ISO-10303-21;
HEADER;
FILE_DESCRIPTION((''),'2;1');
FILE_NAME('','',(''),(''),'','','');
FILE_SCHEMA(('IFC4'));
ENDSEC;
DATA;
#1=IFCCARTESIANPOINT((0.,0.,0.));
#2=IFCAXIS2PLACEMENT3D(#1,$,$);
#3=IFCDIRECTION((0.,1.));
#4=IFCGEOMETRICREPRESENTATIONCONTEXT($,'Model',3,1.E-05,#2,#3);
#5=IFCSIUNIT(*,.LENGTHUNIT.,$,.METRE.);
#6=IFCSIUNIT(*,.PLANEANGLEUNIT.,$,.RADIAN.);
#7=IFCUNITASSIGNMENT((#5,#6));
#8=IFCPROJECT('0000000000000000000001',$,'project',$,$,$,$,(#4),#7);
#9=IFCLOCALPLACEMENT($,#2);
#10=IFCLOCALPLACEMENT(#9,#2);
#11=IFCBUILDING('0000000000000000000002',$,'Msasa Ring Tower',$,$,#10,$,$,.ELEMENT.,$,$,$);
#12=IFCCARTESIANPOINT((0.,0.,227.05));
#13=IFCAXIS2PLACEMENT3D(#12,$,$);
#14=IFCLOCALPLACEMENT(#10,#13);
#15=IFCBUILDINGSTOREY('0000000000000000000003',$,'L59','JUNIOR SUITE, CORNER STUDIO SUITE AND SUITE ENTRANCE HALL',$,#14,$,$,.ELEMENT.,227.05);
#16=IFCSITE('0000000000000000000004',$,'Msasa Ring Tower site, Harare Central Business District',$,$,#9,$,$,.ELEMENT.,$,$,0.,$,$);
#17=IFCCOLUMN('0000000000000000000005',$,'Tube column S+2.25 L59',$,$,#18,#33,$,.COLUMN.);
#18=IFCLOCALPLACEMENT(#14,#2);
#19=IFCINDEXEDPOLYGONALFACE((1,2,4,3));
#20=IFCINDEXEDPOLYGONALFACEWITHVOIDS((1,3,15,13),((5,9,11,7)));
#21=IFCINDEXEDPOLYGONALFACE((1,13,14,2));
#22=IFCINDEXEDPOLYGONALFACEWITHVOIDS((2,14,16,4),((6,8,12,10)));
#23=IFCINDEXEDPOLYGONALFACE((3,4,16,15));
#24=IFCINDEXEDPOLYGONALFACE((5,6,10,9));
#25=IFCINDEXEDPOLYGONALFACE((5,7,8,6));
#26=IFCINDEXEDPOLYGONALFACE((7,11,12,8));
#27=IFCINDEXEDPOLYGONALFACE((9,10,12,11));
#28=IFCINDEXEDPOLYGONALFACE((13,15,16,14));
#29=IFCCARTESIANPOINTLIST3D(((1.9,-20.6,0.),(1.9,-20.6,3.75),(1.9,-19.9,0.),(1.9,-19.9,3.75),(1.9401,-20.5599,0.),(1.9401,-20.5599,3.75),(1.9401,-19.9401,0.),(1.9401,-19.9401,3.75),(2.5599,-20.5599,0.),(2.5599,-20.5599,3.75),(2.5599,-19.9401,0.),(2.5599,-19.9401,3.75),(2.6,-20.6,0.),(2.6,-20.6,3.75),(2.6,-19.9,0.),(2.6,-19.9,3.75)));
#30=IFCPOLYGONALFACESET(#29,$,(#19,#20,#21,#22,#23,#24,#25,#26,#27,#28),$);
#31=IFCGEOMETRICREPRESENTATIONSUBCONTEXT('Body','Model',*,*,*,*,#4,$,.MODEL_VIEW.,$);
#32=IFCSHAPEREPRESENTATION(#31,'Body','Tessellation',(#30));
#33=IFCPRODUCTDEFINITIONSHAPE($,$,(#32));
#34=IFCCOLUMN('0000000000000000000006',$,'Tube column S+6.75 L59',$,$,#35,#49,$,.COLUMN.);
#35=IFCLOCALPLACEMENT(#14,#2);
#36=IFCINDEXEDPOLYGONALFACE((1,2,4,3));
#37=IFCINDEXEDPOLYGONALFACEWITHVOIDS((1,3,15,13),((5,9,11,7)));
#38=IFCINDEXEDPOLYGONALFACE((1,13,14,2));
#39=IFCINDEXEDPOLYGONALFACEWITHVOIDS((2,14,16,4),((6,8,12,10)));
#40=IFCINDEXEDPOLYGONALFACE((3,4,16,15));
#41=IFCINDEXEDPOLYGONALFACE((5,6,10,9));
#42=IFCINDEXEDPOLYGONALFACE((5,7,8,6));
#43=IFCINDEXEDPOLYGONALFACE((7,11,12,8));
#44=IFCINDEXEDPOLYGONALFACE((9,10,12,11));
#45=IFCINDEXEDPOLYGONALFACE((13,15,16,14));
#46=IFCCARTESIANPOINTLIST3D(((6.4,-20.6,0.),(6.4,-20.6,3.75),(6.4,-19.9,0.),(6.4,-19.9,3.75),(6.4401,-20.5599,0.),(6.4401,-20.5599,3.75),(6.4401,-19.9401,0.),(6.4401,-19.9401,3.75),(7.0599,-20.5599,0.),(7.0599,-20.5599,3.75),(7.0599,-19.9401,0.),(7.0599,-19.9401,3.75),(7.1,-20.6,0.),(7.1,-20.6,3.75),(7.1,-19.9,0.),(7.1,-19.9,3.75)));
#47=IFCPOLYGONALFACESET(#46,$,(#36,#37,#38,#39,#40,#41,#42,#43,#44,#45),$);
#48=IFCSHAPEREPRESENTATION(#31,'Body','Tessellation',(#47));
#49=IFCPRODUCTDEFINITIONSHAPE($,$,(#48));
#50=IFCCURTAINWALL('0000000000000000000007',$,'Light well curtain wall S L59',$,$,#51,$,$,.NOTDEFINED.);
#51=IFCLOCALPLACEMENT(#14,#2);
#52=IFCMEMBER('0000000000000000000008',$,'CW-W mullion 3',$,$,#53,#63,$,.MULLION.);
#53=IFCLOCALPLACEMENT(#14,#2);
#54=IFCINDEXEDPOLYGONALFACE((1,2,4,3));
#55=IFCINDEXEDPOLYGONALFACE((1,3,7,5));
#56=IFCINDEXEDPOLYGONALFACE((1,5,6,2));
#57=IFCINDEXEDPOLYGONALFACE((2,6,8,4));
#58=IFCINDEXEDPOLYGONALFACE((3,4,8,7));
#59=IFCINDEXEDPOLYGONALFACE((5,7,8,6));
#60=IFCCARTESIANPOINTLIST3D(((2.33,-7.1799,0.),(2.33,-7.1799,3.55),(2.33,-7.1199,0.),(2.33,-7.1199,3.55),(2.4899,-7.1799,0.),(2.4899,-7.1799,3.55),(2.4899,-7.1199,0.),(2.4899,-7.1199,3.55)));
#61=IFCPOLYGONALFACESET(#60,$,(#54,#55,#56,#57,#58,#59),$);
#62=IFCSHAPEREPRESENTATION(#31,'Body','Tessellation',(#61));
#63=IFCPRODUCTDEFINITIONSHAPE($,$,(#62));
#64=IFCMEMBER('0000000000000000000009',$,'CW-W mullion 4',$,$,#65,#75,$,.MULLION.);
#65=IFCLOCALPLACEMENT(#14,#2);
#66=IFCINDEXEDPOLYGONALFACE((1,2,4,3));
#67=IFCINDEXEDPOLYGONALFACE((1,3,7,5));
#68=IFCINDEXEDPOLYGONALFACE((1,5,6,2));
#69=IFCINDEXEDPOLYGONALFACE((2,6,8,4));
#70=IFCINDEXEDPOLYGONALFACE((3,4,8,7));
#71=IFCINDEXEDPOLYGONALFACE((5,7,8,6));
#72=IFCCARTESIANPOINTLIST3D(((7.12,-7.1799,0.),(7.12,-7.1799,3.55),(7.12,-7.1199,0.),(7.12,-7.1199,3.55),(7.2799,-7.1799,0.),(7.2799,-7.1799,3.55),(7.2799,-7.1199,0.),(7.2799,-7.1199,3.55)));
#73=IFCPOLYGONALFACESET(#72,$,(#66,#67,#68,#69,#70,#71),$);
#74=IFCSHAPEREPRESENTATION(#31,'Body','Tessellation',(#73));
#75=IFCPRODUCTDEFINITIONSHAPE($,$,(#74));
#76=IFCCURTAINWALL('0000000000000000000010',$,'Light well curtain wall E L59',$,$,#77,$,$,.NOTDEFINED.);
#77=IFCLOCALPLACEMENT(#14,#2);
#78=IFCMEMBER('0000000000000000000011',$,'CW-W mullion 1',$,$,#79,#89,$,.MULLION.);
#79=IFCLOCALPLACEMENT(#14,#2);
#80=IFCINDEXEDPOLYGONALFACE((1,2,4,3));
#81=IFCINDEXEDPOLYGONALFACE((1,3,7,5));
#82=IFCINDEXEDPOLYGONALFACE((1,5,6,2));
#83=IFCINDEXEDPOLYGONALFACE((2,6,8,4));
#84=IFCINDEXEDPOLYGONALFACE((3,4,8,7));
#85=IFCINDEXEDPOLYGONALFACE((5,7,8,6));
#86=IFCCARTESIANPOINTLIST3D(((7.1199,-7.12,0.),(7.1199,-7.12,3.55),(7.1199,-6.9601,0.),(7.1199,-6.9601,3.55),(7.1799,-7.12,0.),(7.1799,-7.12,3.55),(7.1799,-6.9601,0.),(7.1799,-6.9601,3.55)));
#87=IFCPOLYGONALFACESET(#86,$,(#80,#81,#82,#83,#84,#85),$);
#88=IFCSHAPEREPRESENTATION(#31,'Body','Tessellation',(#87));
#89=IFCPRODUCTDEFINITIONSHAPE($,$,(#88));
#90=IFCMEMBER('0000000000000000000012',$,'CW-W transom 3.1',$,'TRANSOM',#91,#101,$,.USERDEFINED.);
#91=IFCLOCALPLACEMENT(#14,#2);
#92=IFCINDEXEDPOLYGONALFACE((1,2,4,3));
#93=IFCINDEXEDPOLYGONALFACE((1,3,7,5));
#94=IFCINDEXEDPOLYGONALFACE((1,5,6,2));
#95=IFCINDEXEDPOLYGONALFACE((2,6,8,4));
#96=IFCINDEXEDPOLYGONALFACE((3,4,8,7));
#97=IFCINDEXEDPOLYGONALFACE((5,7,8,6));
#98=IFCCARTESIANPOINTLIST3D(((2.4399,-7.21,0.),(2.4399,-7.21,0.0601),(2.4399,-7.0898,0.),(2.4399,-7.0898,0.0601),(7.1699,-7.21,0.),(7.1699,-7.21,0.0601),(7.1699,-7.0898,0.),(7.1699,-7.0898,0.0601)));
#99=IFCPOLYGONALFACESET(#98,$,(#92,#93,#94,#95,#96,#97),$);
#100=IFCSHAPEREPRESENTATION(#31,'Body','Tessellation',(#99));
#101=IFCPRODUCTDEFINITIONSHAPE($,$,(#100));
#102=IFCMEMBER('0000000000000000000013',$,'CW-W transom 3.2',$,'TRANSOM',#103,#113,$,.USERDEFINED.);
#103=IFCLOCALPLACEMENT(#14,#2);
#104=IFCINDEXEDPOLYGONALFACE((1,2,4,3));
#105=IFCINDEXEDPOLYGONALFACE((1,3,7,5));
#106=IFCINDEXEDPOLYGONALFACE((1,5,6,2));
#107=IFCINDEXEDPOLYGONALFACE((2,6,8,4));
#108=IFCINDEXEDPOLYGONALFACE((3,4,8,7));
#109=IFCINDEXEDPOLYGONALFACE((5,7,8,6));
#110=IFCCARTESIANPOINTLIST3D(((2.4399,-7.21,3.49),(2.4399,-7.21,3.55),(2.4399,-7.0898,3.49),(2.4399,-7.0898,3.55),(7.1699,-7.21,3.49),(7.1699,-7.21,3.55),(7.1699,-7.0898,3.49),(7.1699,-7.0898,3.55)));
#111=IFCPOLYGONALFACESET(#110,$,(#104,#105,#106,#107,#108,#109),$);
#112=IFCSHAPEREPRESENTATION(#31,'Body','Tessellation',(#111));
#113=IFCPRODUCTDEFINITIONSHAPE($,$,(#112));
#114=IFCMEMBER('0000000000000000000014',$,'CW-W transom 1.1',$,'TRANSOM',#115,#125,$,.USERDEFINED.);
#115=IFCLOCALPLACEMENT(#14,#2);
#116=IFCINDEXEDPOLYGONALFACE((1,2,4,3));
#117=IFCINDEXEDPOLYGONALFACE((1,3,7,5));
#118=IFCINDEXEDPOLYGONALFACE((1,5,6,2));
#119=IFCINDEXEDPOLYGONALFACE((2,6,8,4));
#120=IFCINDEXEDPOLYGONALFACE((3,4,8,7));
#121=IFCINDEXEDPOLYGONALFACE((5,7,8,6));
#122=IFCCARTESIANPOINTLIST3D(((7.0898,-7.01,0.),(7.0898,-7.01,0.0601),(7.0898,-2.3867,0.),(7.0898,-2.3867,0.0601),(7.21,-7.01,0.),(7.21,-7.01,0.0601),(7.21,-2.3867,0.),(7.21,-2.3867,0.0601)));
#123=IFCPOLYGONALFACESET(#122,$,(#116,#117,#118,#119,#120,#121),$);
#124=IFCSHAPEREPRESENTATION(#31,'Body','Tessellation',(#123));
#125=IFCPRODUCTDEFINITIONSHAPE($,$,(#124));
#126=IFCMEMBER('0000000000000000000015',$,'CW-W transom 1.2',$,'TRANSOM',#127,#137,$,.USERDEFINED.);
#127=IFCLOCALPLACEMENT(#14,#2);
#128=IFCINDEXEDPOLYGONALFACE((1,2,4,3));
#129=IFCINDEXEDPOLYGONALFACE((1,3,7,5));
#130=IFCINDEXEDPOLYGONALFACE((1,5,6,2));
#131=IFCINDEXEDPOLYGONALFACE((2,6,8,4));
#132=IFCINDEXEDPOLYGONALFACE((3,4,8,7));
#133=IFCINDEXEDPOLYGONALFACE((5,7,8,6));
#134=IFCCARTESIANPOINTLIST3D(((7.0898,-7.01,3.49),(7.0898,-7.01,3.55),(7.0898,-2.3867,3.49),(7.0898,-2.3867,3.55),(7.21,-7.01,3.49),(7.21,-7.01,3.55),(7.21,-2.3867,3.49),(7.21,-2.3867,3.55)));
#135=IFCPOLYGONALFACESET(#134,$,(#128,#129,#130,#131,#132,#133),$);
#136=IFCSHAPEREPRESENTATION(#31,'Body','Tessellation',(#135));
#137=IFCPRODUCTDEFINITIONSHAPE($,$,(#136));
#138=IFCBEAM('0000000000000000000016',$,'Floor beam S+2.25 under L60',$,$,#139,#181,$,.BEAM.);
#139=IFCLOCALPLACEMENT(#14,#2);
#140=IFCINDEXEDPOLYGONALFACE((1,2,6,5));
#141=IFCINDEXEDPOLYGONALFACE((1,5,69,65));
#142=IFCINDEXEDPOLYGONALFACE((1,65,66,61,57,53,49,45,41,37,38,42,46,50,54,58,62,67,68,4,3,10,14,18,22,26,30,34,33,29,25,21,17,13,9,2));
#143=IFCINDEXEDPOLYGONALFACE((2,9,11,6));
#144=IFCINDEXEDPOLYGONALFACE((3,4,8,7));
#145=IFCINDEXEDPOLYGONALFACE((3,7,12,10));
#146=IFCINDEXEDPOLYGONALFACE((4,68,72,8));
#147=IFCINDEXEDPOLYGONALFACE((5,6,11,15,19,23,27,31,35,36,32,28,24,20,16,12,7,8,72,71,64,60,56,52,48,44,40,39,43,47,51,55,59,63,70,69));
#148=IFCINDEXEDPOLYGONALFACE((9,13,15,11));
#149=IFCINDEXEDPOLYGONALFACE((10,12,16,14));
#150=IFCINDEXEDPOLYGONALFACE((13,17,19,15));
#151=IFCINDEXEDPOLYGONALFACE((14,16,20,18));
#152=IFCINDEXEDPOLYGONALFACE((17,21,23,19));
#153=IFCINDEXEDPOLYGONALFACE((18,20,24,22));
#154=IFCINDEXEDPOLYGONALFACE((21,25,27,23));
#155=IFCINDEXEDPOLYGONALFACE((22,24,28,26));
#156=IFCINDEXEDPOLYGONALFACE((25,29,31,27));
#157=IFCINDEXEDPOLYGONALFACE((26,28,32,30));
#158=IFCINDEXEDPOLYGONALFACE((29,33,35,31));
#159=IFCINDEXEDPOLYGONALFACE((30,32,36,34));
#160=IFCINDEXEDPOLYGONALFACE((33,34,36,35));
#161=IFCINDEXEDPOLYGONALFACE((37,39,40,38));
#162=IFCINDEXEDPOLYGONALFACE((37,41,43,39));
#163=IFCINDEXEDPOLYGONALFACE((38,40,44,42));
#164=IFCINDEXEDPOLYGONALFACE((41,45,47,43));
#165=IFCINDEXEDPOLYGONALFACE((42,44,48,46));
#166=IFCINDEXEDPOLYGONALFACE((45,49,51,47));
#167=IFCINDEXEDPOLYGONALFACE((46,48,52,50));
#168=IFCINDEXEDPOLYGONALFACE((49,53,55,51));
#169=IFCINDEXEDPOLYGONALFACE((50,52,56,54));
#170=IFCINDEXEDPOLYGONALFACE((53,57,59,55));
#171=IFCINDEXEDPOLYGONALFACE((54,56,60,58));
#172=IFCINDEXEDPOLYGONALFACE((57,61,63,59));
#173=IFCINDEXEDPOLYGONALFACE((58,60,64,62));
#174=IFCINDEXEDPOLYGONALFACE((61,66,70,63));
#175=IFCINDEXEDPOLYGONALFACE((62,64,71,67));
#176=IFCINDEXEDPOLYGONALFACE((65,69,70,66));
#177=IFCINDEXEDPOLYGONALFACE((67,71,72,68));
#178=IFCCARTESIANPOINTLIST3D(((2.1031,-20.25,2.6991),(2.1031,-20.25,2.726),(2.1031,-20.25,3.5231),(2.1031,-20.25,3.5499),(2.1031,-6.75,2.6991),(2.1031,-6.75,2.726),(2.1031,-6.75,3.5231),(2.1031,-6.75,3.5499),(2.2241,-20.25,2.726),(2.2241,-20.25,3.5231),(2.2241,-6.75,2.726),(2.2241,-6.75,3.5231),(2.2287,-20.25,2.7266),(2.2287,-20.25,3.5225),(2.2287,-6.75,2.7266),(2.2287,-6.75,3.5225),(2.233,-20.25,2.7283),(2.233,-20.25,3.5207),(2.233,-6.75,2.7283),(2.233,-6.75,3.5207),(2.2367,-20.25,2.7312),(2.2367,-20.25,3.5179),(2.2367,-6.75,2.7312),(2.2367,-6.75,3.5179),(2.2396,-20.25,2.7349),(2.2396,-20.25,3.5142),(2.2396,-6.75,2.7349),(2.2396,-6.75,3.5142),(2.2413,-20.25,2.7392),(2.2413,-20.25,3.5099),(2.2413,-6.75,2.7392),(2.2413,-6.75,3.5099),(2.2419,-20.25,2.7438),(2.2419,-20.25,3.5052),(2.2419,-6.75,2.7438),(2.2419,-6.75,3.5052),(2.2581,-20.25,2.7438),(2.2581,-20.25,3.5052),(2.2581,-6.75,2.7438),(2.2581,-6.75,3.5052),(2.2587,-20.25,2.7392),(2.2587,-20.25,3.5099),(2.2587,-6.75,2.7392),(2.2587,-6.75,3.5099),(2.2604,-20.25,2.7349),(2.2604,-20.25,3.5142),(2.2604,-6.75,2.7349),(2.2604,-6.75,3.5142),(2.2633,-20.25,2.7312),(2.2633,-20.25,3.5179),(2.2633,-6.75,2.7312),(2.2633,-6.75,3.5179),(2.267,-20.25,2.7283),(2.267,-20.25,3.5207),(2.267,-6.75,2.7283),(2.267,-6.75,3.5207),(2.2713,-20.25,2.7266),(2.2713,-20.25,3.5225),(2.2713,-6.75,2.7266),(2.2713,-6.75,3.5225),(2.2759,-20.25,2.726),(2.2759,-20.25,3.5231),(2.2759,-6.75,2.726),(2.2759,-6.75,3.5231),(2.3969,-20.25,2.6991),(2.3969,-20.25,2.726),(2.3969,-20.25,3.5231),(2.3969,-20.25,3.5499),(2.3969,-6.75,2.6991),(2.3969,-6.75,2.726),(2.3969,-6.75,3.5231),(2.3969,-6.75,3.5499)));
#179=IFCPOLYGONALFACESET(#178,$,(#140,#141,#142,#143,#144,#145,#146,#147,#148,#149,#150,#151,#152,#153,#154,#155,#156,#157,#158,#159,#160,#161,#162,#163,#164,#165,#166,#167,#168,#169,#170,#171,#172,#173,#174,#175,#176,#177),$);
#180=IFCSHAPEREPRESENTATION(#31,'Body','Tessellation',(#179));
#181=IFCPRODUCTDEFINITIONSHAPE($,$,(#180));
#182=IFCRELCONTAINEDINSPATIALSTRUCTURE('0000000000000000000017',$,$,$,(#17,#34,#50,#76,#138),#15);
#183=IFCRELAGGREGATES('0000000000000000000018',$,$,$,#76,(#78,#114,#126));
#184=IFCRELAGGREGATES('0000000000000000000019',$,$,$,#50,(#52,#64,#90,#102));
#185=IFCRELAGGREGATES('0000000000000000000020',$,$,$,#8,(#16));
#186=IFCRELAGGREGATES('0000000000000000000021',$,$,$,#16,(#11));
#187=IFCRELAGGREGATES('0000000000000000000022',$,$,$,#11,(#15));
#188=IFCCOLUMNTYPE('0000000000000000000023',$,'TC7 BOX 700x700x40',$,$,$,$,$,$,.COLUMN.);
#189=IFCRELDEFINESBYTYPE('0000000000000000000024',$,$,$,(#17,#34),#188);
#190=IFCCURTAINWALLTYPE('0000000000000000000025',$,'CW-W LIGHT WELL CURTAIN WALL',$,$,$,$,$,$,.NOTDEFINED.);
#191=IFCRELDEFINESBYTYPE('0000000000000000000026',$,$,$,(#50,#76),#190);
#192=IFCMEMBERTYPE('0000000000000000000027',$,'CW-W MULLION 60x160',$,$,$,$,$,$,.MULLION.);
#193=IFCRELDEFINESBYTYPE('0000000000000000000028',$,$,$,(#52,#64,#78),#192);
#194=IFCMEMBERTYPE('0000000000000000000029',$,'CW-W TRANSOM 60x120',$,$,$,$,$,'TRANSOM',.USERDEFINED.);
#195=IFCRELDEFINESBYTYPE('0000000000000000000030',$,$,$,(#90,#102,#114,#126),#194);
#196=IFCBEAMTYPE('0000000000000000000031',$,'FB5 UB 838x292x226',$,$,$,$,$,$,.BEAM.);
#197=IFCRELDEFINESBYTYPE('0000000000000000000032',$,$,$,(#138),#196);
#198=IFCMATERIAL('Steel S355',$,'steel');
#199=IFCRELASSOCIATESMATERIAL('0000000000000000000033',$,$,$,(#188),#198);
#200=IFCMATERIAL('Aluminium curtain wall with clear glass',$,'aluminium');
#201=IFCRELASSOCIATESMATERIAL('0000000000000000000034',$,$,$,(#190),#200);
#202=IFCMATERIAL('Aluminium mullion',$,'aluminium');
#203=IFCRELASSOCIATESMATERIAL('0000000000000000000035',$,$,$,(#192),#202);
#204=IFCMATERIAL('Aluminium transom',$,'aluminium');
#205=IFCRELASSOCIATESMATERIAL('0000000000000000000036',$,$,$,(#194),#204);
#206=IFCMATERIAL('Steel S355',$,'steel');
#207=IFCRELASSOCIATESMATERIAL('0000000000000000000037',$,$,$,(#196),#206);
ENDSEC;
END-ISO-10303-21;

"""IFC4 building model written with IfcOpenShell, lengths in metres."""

from ifc_helpers import new_model, si_unit, direction, frame, origin, origin_2d, place, context, subcontext, project, spatial, rectangle, hollow_rectangle, i_section, extrude, material, material_profile, profile_set, type_object, element, aggregate, save


model = new_model("IFC4")

# Units and contexts
model_context = context("Model", 3, precision=1e-05, world=origin(), true_north=direction((0.0, 1.0)))
body_context = subcontext(model_context, "Body", "Model", "MODEL_VIEW")
ifc_project = project(units=[si_unit("LENGTHUNIT", "METRE"), si_unit("PLANEANGLEUNIT", "RADIAN")], contexts=[model_context])

# Site, building, storey
site_placement = place(None, origin())
site = spatial("IfcSite", under=ifc_project, at=site_placement, Name="Msasa Ring Tower site, Harare Central Business District", CompositionType="ELEMENT", RefElevation=0.0)
building_placement = place(site_placement, origin())
building = spatial("IfcBuilding", under=site, at=building_placement, Name="Msasa Ring Tower", CompositionType="ELEMENT")
storey_placement = place(building_placement, frame((0.0, 0.0, 227.05)))
storey = spatial("IfcBuildingStorey", under=building, at=storey_placement, Name="L59", Description="JUNIOR SUITE, CORNER STUDIO SUITE AND SUITE ENTRANCE HALL", CompositionType="ELEMENT", Elevation=227.05)

# Columns
ifc_material_1 = material(Name="Steel S355", Category="steel")
ifc_material_profile_1 = material_profile(ifc_material_1, hollow_rectangle(XDim=0.7, YDim=0.7, WallThickness=0.04, at=origin_2d()), Name="BOX 700x700x40")
ifc_profile_set_1 = profile_set([ifc_material_profile_1], Name="Steel S355")
column_type = type_object("IfcColumnType", Name="TC7 BOX 700x700x40", PredefinedType="COLUMN", material=ifc_profile_set_1)
for number, where, z_axis, x_axis, name in (
    (1, (2.25, -20.25, 0.0), (0.0, 0.0, 1.0), (0.0, 1.0, 0.0), "Tube column S+2.25 L59"),
    (2, (6.75, -20.25, 0.0), (0.0, 0.0, 1.0), (0.0, 1.0, 0.0), "Tube column S+6.75 L59"),
):
    element("IfcColumn", number, at=place(storey_placement, frame(where, z_axis=z_axis, x_axis=x_axis)), inside=storey, type_object=column_type, Name=name, PredefinedType="COLUMN", context=body_context, shape_type="SweptSolid", body=[
        extrude(hollow_rectangle(XDim=0.7, YDim=0.7, WallThickness=0.04, at=origin_2d()), origin(), (0.0, 0.0, 1.0), 3.75),
    ])

# Curtain wall, members
ifc_material_2 = material(Name="Aluminium curtain wall with clear glass", Category="aluminium")
curtain_wall_type = type_object("IfcCurtainWallType", Name="CW-W LIGHT WELL CURTAIN WALL", PredefinedType="NOTDEFINED", material=ifc_material_2)
curtain_wall_1_placement = place(storey_placement, origin())
curtain_wall_1 = element("IfcCurtainWall", 3, at=curtain_wall_1_placement, inside=storey, type_object=curtain_wall_type, Name="Light well curtain wall S L59", PredefinedType="NOTDEFINED")
ifc_material_3 = material(Name="Aluminium mullion", Category="aluminium")
ifc_material_profile_2 = material_profile(ifc_material_3, rectangle(XDim=0.0601, YDim=0.1599, at=origin_2d()), Name="AL 60x160")
ifc_profile_set_2 = profile_set([ifc_material_profile_2], Name="Aluminium mullion")
member_type_1 = type_object("IfcMemberType", Name="CW-W MULLION 60x160", PredefinedType="MULLION", material=ifc_profile_set_2)
member_1_placement = place(storey_placement, frame((2.4099, -7.1499, 0.0), z_axis=(0.0, 0.0, 1.0), x_axis=(0.0, 1.0, 0.0)))
member_1 = element("IfcMember", 4, at=member_1_placement, type_object=member_type_1, Name="CW-W mullion 3", PredefinedType="MULLION", context=body_context, shape_type="SweptSolid", body=[
    extrude(rectangle(XDim=0.0601, YDim=0.1599, at=origin_2d()), origin(), (0.0, 0.0, 1.0), 3.55),
])
member_2_placement = place(storey_placement, frame((7.2, -7.1499, 0.0), z_axis=(0.0, 0.0, 1.0), x_axis=(0.0, 1.0, 0.0)))
member_2 = element("IfcMember", 5, at=member_2_placement, type_object=member_type_1, Name="CW-W mullion 4", PredefinedType="MULLION", context=body_context, shape_type="SweptSolid", body=[
    extrude(rectangle(XDim=0.0601, YDim=0.1599, at=origin_2d()), origin(), (0.0, 0.0, 1.0), 3.55),
])

# Curtain wall, member
curtain_wall_2_placement = place(storey_placement, origin())
curtain_wall_2 = element("IfcCurtainWall", 6, at=curtain_wall_2_placement, inside=storey, type_object=curtain_wall_type, Name="Light well curtain wall E L59", PredefinedType="NOTDEFINED")
member_3_placement = place(storey_placement, frame((7.1499, -7.04, 0.0), z_axis=(0.0, 0.0, 1.0), x_axis=(-1.0, 0.0, 0.0)))
member_3 = element("IfcMember", 7, at=member_3_placement, type_object=member_type_1, Name="CW-W mullion 1", PredefinedType="MULLION", context=body_context, shape_type="SweptSolid", body=[
    extrude(rectangle(XDim=0.0601, YDim=0.1599, at=origin_2d()), origin(), (0.0, 0.0, 1.0), 3.55),
])

# Members
ifc_material_4 = material(Name="Aluminium transom", Category="aluminium")
ifc_material_profile_3 = material_profile(ifc_material_4, rectangle(XDim=0.1201, YDim=0.0601, at=origin_2d()), Name="AL 60x120")
ifc_profile_set_3 = profile_set([ifc_material_profile_3], Name="Aluminium transom")
member_type_2 = type_object("IfcMemberType", Name="CW-W TRANSOM 60x120", ElementType="TRANSOM", PredefinedType="USERDEFINED", material=ifc_profile_set_3)
member_4_placement = place(storey_placement, frame((2.4399, -7.1499, 0.03), z_axis=(1.0, 0.0, 0.0), x_axis=(0.0, 1.0, 0.0)))
member_4 = element("IfcMember", 8, at=member_4_placement, type_object=member_type_2, Name="CW-W transom 3.1", ObjectType="TRANSOM", PredefinedType="USERDEFINED", context=body_context, shape_type="SweptSolid", body=[
    extrude(rectangle(XDim=0.1201, YDim=0.0601, at=origin_2d()), origin(), (0.0, 0.0, 1.0), 4.73),
])
member_5_placement = place(storey_placement, frame((2.4399, -7.1499, 3.52), z_axis=(1.0, 0.0, 0.0), x_axis=(0.0, 1.0, 0.0)))
member_5 = element("IfcMember", 9, at=member_5_placement, type_object=member_type_2, Name="CW-W transom 3.2", ObjectType="TRANSOM", PredefinedType="USERDEFINED", context=body_context, shape_type="SweptSolid", body=[
    extrude(rectangle(XDim=0.1201, YDim=0.0601, at=origin_2d()), origin(), (0.0, 0.0, 1.0), 4.73),
])
member_6_placement = place(storey_placement, frame((7.1499, -7.01, 0.03), z_axis=(0.0, 1.0, 0.0), x_axis=(-1.0, 0.0, 0.0)))
member_6 = element("IfcMember", 10, at=member_6_placement, type_object=member_type_2, Name="CW-W transom 1.1", ObjectType="TRANSOM", PredefinedType="USERDEFINED", context=body_context, shape_type="SweptSolid", body=[
    extrude(rectangle(XDim=0.1201, YDim=0.0601, at=origin_2d()), origin(), (0.0, 0.0, 1.0), 4.6233),
])
member_7_placement = place(storey_placement, frame((7.1499, -7.01, 3.52), z_axis=(0.0, 1.0, 0.0), x_axis=(-1.0, 0.0, 0.0)))
member_7 = element("IfcMember", 11, at=member_7_placement, type_object=member_type_2, Name="CW-W transom 1.2", ObjectType="TRANSOM", PredefinedType="USERDEFINED", context=body_context, shape_type="SweptSolid", body=[
    extrude(rectangle(XDim=0.1201, YDim=0.0601, at=origin_2d()), origin(), (0.0, 0.0, 1.0), 4.6233),
])
aggregate(curtain_wall_2, [member_3, member_6, member_7])

# Beam
ifc_material_5 = material(Name="Steel S355", Category="steel")
ifc_material_profile_4 = material_profile(ifc_material_5, i_section(OverallWidth=0.2937, OverallDepth=0.8508, WebThickness=0.0161, FlangeThickness=0.0269, FilletRadius=0.0178, at=origin_2d()), Name="UB 838x292x226")
ifc_profile_set_4 = profile_set([ifc_material_profile_4], Name="Steel S355")
beam_type_1 = type_object("IfcBeamType", Name="FB5 UB 838x292x226", PredefinedType="BEAM", material=ifc_profile_set_4)
for number, where, z_axis, x_axis, name in (
    (12, (2.25, -20.25, 3.1245), (0.0, 1.0, 0.0), (-1.0, 0.0, 0.0), "Floor beam S+2.25 under L60"),
):
    element("IfcBeam", number, at=place(storey_placement, frame(where, z_axis=z_axis, x_axis=x_axis)), inside=storey, type_object=beam_type_1, Name=name, PredefinedType="BEAM", context=body_context, shape_type="SweptSolid", body=[
        extrude(i_section(OverallWidth=0.2937, OverallDepth=0.8508, WebThickness=0.0161, FlangeThickness=0.0269, FilletRadius=0.0178, at=origin_2d()), origin(), (0.0, 0.0, 1.0), 13.5),
    ])

aggregate(curtain_wall_1, [member_1, member_2, member_4, member_5])

save(model, "model.ifc")
